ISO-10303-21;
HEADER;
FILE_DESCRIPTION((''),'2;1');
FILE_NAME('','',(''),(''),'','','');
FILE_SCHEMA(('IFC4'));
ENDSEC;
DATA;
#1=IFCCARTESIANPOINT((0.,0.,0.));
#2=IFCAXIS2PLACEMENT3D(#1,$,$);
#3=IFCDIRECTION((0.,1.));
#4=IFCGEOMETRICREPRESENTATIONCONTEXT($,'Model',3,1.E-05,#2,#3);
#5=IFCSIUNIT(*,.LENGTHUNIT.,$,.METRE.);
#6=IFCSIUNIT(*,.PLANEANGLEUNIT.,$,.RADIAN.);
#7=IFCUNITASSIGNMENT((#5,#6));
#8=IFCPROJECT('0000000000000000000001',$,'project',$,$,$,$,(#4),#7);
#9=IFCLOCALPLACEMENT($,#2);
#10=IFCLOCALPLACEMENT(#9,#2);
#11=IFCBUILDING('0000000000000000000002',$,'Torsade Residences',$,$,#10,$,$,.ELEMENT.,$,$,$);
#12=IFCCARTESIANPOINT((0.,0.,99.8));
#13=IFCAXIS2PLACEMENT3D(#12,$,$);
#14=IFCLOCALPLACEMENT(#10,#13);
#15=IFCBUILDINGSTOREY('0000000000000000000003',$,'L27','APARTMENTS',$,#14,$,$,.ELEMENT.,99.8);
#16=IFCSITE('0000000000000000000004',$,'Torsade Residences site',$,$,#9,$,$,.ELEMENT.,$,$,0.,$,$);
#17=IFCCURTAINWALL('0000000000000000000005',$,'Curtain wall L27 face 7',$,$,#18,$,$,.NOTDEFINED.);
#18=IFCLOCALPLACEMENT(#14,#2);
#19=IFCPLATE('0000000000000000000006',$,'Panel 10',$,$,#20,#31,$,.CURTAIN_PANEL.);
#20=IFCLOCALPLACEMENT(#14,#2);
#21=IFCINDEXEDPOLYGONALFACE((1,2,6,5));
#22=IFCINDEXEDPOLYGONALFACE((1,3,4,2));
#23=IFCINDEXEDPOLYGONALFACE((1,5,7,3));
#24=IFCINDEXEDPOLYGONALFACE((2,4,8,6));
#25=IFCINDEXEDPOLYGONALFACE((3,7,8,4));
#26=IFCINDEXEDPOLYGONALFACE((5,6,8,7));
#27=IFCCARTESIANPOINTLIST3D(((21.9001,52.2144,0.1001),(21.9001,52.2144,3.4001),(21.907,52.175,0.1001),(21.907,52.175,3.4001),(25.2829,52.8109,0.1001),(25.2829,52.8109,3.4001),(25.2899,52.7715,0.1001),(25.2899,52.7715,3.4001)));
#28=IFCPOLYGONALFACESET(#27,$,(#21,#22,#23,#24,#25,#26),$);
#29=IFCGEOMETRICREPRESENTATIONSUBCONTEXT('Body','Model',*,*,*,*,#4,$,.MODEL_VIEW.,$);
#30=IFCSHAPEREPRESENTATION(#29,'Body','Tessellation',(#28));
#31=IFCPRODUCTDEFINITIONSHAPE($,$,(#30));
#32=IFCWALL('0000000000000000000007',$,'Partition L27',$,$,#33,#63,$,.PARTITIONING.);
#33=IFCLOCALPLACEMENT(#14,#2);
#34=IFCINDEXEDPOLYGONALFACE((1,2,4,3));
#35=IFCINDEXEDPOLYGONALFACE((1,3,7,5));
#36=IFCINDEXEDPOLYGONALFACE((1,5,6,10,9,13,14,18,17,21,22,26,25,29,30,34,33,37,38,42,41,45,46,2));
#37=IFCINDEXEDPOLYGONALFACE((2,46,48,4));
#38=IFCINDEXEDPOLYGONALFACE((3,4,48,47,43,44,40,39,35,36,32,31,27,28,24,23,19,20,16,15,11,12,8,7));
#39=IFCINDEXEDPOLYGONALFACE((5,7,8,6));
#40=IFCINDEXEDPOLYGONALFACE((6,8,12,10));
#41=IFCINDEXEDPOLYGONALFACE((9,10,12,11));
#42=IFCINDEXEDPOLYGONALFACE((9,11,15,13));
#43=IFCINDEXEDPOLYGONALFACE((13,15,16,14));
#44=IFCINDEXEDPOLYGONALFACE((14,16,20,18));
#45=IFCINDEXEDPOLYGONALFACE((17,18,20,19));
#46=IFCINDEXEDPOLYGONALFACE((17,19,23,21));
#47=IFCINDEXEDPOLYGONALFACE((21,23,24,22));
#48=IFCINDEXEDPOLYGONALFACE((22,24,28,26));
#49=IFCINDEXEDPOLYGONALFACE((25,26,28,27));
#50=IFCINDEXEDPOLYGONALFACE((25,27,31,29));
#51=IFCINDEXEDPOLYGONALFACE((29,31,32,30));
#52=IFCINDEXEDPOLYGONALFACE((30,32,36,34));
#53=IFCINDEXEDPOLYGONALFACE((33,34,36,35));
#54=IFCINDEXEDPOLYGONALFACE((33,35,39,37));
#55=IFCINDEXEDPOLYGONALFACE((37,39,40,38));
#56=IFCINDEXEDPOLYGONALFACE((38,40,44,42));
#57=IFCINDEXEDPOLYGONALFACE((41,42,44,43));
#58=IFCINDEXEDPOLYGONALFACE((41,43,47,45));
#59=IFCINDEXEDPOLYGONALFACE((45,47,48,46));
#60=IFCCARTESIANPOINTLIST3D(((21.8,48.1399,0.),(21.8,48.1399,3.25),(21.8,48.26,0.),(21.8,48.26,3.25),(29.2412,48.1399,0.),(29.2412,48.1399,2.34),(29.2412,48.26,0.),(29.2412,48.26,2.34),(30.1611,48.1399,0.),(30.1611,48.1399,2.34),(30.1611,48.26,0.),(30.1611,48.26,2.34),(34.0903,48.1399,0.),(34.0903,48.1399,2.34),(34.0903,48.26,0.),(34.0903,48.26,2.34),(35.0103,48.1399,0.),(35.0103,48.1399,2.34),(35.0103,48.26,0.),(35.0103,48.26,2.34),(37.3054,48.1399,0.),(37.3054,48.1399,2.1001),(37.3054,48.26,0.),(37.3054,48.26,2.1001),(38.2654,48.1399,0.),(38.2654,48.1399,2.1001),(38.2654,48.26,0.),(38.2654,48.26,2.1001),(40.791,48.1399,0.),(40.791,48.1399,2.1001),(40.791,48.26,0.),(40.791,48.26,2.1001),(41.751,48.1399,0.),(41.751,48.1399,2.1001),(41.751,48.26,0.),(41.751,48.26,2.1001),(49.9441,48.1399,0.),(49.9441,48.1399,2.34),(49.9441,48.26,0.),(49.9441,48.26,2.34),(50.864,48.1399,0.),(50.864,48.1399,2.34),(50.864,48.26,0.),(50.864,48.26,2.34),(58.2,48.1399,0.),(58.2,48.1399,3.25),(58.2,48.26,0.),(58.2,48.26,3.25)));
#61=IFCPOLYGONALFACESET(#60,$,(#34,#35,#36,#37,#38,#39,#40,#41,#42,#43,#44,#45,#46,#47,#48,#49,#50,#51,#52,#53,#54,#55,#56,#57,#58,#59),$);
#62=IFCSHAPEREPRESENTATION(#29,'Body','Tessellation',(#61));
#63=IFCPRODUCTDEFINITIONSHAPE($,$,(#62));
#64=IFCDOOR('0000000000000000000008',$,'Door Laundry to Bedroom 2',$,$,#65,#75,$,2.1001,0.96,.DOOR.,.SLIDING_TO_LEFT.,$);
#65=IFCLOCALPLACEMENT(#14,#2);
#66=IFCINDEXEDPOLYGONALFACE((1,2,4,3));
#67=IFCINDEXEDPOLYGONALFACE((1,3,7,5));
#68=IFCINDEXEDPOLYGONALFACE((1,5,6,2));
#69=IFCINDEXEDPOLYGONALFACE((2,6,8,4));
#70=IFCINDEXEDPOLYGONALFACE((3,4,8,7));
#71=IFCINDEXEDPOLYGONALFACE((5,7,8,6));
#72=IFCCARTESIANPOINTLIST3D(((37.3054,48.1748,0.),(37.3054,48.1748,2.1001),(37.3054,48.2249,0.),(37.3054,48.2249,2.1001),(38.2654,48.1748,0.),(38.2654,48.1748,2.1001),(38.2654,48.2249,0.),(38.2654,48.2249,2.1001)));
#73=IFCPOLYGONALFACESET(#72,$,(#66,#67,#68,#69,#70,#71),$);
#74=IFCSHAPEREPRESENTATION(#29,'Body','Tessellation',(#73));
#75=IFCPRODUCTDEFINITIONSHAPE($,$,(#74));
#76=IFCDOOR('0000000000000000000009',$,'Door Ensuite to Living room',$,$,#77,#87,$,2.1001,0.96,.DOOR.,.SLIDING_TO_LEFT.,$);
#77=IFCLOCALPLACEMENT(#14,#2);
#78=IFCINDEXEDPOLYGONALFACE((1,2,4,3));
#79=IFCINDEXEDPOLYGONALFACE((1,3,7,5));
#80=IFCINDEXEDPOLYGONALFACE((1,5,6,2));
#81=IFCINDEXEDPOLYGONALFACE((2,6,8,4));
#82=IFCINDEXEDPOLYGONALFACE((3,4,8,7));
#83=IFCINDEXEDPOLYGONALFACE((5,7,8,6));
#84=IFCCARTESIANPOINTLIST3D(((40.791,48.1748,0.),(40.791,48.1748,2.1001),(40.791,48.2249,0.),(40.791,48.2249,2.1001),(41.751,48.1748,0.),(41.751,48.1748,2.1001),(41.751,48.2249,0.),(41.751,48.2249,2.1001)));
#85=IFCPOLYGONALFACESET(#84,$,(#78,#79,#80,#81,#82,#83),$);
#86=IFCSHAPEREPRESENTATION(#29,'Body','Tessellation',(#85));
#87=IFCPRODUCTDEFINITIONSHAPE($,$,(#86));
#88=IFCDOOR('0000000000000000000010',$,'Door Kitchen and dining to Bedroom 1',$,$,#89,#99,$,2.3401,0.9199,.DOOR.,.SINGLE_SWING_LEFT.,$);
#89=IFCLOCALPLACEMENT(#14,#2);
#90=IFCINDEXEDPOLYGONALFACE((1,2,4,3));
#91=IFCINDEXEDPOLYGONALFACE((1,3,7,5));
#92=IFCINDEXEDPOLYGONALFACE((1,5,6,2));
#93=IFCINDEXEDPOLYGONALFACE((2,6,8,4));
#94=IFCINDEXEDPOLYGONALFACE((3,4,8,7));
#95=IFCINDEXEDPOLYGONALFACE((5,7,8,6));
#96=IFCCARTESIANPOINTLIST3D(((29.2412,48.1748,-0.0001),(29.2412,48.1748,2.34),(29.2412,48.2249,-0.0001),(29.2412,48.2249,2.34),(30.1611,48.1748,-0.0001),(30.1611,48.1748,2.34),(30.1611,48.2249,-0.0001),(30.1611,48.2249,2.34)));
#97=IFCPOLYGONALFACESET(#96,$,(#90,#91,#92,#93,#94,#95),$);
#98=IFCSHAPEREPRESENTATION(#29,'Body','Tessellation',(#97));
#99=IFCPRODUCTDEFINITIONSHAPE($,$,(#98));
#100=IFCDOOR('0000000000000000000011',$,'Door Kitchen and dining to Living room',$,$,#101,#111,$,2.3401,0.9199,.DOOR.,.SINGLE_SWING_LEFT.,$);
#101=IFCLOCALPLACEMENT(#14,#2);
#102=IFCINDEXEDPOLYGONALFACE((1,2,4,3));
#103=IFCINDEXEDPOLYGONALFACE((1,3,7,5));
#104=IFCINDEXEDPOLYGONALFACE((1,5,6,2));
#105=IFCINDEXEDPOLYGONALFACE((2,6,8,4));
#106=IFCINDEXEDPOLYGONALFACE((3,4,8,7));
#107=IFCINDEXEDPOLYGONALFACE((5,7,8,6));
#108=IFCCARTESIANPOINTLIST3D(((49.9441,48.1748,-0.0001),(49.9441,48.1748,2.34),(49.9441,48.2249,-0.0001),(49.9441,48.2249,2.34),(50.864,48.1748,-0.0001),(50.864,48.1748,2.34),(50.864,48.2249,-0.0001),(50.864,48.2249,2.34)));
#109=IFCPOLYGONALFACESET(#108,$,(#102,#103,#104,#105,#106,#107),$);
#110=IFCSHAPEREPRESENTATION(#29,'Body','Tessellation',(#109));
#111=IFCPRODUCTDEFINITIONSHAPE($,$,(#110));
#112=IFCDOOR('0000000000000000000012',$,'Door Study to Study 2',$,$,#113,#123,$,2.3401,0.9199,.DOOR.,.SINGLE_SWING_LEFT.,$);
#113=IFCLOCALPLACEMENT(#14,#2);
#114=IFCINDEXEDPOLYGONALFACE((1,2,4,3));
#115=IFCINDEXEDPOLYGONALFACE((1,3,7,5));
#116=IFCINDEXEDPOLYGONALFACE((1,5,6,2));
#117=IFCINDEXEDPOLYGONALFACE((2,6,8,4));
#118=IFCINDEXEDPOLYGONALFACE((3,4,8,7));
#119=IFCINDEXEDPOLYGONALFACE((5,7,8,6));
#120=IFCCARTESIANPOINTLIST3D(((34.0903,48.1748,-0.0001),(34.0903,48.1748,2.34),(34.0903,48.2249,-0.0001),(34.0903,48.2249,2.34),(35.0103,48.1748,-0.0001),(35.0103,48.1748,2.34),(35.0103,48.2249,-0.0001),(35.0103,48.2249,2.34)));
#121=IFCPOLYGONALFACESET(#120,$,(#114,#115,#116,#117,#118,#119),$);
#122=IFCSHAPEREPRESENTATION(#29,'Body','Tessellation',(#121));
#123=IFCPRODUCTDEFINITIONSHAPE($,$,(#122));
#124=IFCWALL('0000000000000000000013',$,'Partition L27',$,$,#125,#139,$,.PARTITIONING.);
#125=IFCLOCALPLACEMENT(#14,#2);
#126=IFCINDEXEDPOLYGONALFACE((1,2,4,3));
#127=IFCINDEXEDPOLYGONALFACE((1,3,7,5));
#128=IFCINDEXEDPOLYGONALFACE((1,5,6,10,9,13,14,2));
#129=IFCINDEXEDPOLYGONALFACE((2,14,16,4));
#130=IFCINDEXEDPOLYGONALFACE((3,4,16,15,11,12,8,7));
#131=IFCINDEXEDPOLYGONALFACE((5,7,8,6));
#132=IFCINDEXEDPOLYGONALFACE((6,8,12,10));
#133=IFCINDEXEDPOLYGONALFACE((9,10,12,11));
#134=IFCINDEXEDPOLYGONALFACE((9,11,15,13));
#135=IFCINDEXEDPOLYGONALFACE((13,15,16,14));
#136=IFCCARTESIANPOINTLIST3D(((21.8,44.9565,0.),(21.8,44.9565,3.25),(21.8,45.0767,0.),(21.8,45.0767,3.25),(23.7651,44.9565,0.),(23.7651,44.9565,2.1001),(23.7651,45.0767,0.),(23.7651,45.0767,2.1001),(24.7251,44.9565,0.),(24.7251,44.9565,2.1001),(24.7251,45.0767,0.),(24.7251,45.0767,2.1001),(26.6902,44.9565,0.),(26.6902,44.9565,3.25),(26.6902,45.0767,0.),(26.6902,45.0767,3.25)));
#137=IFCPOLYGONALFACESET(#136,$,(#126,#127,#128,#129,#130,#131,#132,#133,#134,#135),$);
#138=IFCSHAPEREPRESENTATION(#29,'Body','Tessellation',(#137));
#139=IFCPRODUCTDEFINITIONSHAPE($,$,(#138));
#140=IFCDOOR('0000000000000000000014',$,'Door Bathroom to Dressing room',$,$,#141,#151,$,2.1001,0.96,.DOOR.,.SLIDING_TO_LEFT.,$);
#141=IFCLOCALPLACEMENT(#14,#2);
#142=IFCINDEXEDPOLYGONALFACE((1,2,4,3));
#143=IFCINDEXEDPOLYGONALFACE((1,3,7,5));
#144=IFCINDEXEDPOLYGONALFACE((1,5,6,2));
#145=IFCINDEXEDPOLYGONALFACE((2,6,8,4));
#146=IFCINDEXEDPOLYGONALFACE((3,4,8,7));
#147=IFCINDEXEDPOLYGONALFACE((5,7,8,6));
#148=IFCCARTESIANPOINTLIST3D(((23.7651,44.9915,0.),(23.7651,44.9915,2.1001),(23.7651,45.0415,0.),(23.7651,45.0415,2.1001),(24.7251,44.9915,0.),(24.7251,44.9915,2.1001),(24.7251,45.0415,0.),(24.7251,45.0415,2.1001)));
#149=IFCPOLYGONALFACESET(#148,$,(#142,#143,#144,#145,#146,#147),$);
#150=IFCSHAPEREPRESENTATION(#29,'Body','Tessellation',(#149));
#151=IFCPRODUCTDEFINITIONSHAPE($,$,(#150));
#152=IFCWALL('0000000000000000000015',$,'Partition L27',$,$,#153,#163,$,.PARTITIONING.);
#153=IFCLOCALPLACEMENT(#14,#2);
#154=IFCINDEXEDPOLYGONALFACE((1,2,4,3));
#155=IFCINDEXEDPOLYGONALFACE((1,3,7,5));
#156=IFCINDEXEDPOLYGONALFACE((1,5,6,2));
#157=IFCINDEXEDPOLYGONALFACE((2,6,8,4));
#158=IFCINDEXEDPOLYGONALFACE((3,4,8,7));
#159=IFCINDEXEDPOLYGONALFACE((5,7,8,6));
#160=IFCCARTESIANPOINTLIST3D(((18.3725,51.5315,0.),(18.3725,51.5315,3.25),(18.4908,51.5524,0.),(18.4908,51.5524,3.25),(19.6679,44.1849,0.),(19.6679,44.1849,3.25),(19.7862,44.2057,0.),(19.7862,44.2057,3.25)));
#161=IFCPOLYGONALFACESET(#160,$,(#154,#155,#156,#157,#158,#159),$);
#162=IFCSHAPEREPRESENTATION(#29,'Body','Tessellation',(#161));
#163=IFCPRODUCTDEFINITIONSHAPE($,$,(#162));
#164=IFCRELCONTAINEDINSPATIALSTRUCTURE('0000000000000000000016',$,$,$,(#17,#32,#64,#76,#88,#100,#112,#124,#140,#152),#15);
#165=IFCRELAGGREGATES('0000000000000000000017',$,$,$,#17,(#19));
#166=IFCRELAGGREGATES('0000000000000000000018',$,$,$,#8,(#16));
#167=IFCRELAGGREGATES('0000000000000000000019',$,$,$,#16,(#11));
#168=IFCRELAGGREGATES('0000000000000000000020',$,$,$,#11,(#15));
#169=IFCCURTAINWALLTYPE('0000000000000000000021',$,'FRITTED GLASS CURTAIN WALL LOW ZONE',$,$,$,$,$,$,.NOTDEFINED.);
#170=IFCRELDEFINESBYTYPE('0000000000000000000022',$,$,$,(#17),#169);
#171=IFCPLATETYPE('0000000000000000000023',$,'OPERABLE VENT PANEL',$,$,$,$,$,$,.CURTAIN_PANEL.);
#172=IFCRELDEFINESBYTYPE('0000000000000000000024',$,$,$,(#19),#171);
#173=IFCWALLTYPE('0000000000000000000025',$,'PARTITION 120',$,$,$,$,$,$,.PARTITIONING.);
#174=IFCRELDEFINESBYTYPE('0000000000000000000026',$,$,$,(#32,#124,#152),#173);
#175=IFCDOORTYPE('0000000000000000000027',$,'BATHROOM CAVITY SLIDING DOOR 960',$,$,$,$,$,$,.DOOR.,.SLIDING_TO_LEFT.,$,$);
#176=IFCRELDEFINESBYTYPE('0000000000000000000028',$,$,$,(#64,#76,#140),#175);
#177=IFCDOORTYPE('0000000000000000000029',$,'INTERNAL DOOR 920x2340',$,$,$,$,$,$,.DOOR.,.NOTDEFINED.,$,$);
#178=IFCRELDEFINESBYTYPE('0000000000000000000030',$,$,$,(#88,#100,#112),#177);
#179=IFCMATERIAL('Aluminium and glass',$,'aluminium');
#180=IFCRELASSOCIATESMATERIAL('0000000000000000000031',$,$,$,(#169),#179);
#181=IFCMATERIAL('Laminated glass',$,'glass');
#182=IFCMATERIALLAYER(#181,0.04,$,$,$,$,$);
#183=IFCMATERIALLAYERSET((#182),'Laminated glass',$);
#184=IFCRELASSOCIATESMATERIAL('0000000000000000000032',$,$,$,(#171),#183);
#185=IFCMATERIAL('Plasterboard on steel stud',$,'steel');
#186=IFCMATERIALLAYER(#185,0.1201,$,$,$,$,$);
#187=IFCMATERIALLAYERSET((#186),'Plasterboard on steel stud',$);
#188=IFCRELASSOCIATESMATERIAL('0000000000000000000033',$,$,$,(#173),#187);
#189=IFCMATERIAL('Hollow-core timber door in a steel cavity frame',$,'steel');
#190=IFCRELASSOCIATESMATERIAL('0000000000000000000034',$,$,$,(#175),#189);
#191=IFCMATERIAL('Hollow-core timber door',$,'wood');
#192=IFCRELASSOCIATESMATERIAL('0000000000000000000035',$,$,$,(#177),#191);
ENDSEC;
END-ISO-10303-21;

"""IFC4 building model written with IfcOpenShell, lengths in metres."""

from ifc_helpers import new_model, si_unit, direction, frame, frame_2d, origin, origin_2d, place, context, subcontext, project, spatial, rectangle, extrude, material, layer, layer_set, type_object, element, fill, aggregate, save


model = new_model("IFC4")

# Units and contexts
model_context = context("Model", 3, precision=1e-05, world=origin(), true_north=direction((0.0, 1.0)))
body_context = subcontext(model_context, "Body", "Model", "MODEL_VIEW")
ifc_project = project(units=[si_unit("LENGTHUNIT", "METRE"), si_unit("PLANEANGLEUNIT", "RADIAN")], contexts=[model_context])

# Site, building, storey
site_placement = place(None, origin())
site = spatial("IfcSite", under=ifc_project, at=site_placement, Name="Torsade Residences site", CompositionType="ELEMENT", RefElevation=0.0)
building_placement = place(site_placement, origin())
building = spatial("IfcBuilding", under=site, at=building_placement, Name="Torsade Residences", CompositionType="ELEMENT")
storey_placement = place(building_placement, frame((0.0, 0.0, 99.8)))
storey = spatial("IfcBuildingStorey", under=building, at=storey_placement, Name="L27", Description="APARTMENTS", CompositionType="ELEMENT", Elevation=99.8)

# Curtain wall
ifc_material_1 = material(Name="Aluminium and glass", Category="aluminium")
curtain_wall_type = type_object("IfcCurtainWallType", Name="FRITTED GLASS CURTAIN WALL LOW ZONE", PredefinedType="NOTDEFINED", material=ifc_material_1)
curtain_wall_placement = place(storey_placement, origin())
curtain_wall = element("IfcCurtainWall", 1, at=curtain_wall_placement, inside=storey, type_object=curtain_wall_type, Name="Curtain wall L27 face 7", PredefinedType="NOTDEFINED")

# Plate
ifc_material_2 = material(Name="Laminated glass", Category="glass")
ifc_layer_1 = layer(ifc_material_2, 0.04)
ifc_layer_set_1 = layer_set([ifc_layer_1], Name="Laminated glass")
plate_type_1 = type_object("IfcPlateType", Name="OPERABLE VENT PANEL", PredefinedType="CURTAIN_PANEL", material=ifc_layer_set_1)
plate_1_placement = place(storey_placement, frame((23.595, 52.4929, 0.1001), z_axis=(0.0, 0.0, 1.0), x_axis=(-0.984808, -0.173648, 0.0)))
plate_1 = element("IfcPlate", 2, at=plate_1_placement, type_object=plate_type_1, Name="Panel 10", PredefinedType="CURTAIN_PANEL", context=body_context, shape_type="SweptSolid", body=[
    extrude(rectangle(XDim=3.4351, YDim=0.04, at=origin_2d()), origin(), (0.0, 0.0, 1.0), 3.3),
])
aggregate(curtain_wall, [plate_1])

# Wall, openings, doors
ifc_material_3 = material(Name="Plasterboard on steel stud", Category="steel")
ifc_layer_2 = layer(ifc_material_3, 0.1201)
ifc_layer_set_2 = layer_set([ifc_layer_2], Name="Plasterboard on steel stud")
wall_type_1 = type_object("IfcWallType", Name="PARTITION 120", PredefinedType="PARTITIONING", material=ifc_layer_set_2)
wall_1_placement = place(storey_placement, frame((21.8, 48.2, 0.0), z_axis=(0.0, 0.0, 1.0), x_axis=(1.0, 0.0, 0.0)))
wall_1 = element("IfcWall", 3, at=wall_1_placement, inside=storey, type_object=wall_type_1, Name="Partition L27", PredefinedType="PARTITIONING", context=body_context, shape_type="SweptSolid", body=[
    extrude(rectangle(XDim=36.3999, YDim=0.1201, at=frame_2d((18.2, 0.0))), origin(), (0.0, 0.0, 1.0), 3.25),
])
opening_1_placement = place(wall_1_placement, frame((7.4412, 0.0, 0.0)))
opening_1 = element("IfcOpeningElement", 4, at=opening_1_placement, cuts=wall_1, PredefinedType="OPENING", context=body_context, shape_type="SweptSolid", body=[
    extrude(rectangle(XDim=0.9199, YDim=2.3401, at=frame_2d((0.46, 1.1699))), frame((0.0, 0.0701, 0.0), z_axis=(0.0, -1.0, 0.0), x_axis=(1.0, 0.0, 0.0)), (0.0, 0.0, 1.0), 0.1401),
])
opening_2_placement = place(wall_1_placement, frame((28.144, 0.0, 0.0)))
opening_2 = element("IfcOpeningElement", 5, at=opening_2_placement, cuts=wall_1, PredefinedType="OPENING", context=body_context, shape_type="SweptSolid", body=[
    extrude(rectangle(XDim=0.9199, YDim=2.3401, at=frame_2d((0.46, 1.1699))), frame((0.0, 0.0701, 0.0), z_axis=(0.0, -1.0, 0.0), x_axis=(1.0, 0.0, 0.0)), (0.0, 0.0, 1.0), 0.1401),
])
opening_3_placement = place(wall_1_placement, frame((12.2903, 0.0, 0.0)))
opening_3 = element("IfcOpeningElement", 6, at=opening_3_placement, cuts=wall_1, PredefinedType="OPENING", context=body_context, shape_type="SweptSolid", body=[
    extrude(rectangle(XDim=0.9199, YDim=2.3401, at=frame_2d((0.46, 1.1699))), frame((0.0, 0.0701, 0.0), z_axis=(0.0, -1.0, 0.0), x_axis=(1.0, 0.0, 0.0)), (0.0, 0.0, 1.0), 0.1401),
])
opening_4_placement = place(wall_1_placement, frame((15.5054, 0.0, 0.0)))
opening_4 = element("IfcOpeningElement", 7, at=opening_4_placement, cuts=wall_1, PredefinedType="OPENING", context=body_context, shape_type="SweptSolid", body=[
    extrude(rectangle(XDim=0.96, YDim=2.1001, at=frame_2d((0.48, 1.05))), frame((0.0, 0.0701, 0.0), z_axis=(0.0, -1.0, 0.0), x_axis=(1.0, 0.0, 0.0)), (0.0, 0.0, 1.0), 0.1401),
])
opening_5_placement = place(wall_1_placement, frame((18.991, 0.0, 0.0)))
opening_5 = element("IfcOpeningElement", 8, at=opening_5_placement, cuts=wall_1, PredefinedType="OPENING", context=body_context, shape_type="SweptSolid", body=[
    extrude(rectangle(XDim=0.96, YDim=2.1001, at=frame_2d((0.48, 1.05))), frame((0.0, 0.0701, 0.0), z_axis=(0.0, -1.0, 0.0), x_axis=(1.0, 0.0, 0.0)), (0.0, 0.0, 1.0), 0.1401),
])
ifc_material_4 = material(Name="Hollow-core timber door in a steel cavity frame", Category="steel")
door_type_1 = type_object("IfcDoorType", Name="BATHROOM CAVITY SLIDING DOOR 960", OperationType="SLIDING_TO_LEFT", PredefinedType="DOOR", material=ifc_material_4)
door_1_placement = place(opening_4_placement, origin())
door_1 = element("IfcDoor", 9, at=door_1_placement, inside=storey, type_object=door_type_1, Name="Door Laundry to Bedroom 2", OperationType="SLIDING_TO_LEFT", OverallHeight=2.1001, OverallWidth=0.96, PredefinedType="DOOR", context=body_context, shape_type="SweptSolid", body=[
    extrude(rectangle(XDim=0.96, YDim=2.1001, at=frame_2d((0.48, 1.05))), frame((0.0, 0.0249, 0.0), z_axis=(0.0, -1.0, 0.0), x_axis=(1.0, 0.0, 0.0)), (0.0, 0.0, 1.0), 0.05),
])
fill(opening_4, door_1)
door_2_placement = place(opening_5_placement, origin())
door_2 = element("IfcDoor", 10, at=door_2_placement, inside=storey, type_object=door_type_1, Name="Door Ensuite to Living room", OperationType="SLIDING_TO_LEFT", OverallHeight=2.1001, OverallWidth=0.96, PredefinedType="DOOR", context=body_context, shape_type="SweptSolid", body=[
    extrude(rectangle(XDim=0.96, YDim=2.1001, at=frame_2d((0.48, 1.05))), frame((0.0, 0.0249, 0.0), z_axis=(0.0, -1.0, 0.0), x_axis=(1.0, 0.0, 0.0)), (0.0, 0.0, 1.0), 0.05),
])
fill(opening_5, door_2)
ifc_material_5 = material(Name="Hollow-core timber door", Category="wood")
door_type_2 = type_object("IfcDoorType", Name="INTERNAL DOOR 920x2340", OperationType="NOTDEFINED", PredefinedType="DOOR", material=ifc_material_5)
door_3_placement = place(opening_1_placement, origin())
door_3 = element("IfcDoor", 11, at=door_3_placement, inside=storey, type_object=door_type_2, Name="Door Kitchen and dining to Bedroom 1", OperationType="SINGLE_SWING_LEFT", OverallHeight=2.3401, OverallWidth=0.9199, PredefinedType="DOOR", context=body_context, shape_type="SweptSolid", body=[
    extrude(rectangle(XDim=0.9199, YDim=2.3401, at=frame_2d((0.46, 1.1699))), frame((0.0, 0.0249, 0.0), z_axis=(0.0, -1.0, 0.0), x_axis=(1.0, 0.0, 0.0)), (0.0, 0.0, 1.0), 0.05),
])
fill(opening_1, door_3)
door_4_placement = place(opening_2_placement, origin())
door_4 = element("IfcDoor", 12, at=door_4_placement, inside=storey, type_object=door_type_2, Name="Door Kitchen and dining to Living room", OperationType="SINGLE_SWING_LEFT", OverallHeight=2.3401, OverallWidth=0.9199, PredefinedType="DOOR", context=body_context, shape_type="SweptSolid", body=[
    extrude(rectangle(XDim=0.9199, YDim=2.3401, at=frame_2d((0.46, 1.1699))), frame((0.0, 0.0249, 0.0), z_axis=(0.0, -1.0, 0.0), x_axis=(1.0, 0.0, 0.0)), (0.0, 0.0, 1.0), 0.05),
])
fill(opening_2, door_4)
door_5_placement = place(opening_3_placement, origin())
door_5 = element("IfcDoor", 13, at=door_5_placement, inside=storey, type_object=door_type_2, Name="Door Study to Study 2", OperationType="SINGLE_SWING_LEFT", OverallHeight=2.3401, OverallWidth=0.9199, PredefinedType="DOOR", context=body_context, shape_type="SweptSolid", body=[
    extrude(rectangle(XDim=0.9199, YDim=2.3401, at=frame_2d((0.46, 1.1699))), frame((0.0, 0.0249, 0.0), z_axis=(0.0, -1.0, 0.0), x_axis=(1.0, 0.0, 0.0)), (0.0, 0.0, 1.0), 0.05),
])
fill(opening_3, door_5)

# Wall, opening, door
wall_2_placement = place(storey_placement, frame((21.8, 45.0166, 0.0), z_axis=(0.0, 0.0, 1.0), x_axis=(1.0, 0.0, 0.0)))
wall_2 = element("IfcWall", 14, at=wall_2_placement, inside=storey, type_object=wall_type_1, Name="Partition L27", PredefinedType="PARTITIONING", context=body_context, shape_type="SweptSolid", body=[
    extrude(rectangle(XDim=4.8901, YDim=0.1201, at=frame_2d((2.4451, 0.0))), origin(), (0.0, 0.0, 1.0), 3.25),
])
opening_6_placement = place(wall_2_placement, frame((1.9651, 0.0, 0.0)))
opening_6 = element("IfcOpeningElement", 15, at=opening_6_placement, cuts=wall_2, PredefinedType="OPENING", context=body_context, shape_type="SweptSolid", body=[
    extrude(rectangle(XDim=0.96, YDim=2.1001, at=frame_2d((0.48, 1.05))), frame((0.0, 0.0701, 0.0), z_axis=(0.0, -1.0, 0.0), x_axis=(1.0, 0.0, 0.0)), (0.0, 0.0, 1.0), 0.1401),
])
door_6_placement = place(opening_6_placement, origin())
door_6 = element("IfcDoor", 16, at=door_6_placement, inside=storey, type_object=door_type_1, Name="Door Bathroom to Dressing room", OperationType="SLIDING_TO_LEFT", OverallHeight=2.1001, OverallWidth=0.96, PredefinedType="DOOR", context=body_context, shape_type="SweptSolid", body=[
    extrude(rectangle(XDim=0.96, YDim=2.1001, at=frame_2d((0.48, 1.05))), frame((0.0, 0.0249, 0.0), z_axis=(0.0, -1.0, 0.0), x_axis=(1.0, 0.0, 0.0)), (0.0, 0.0, 1.0), 0.05),
])
fill(opening_6, door_6)

# Wall
wall_3_placement = place(storey_placement, frame((19.7271, 44.1953, 0.0), z_axis=(0.0, 0.0, 1.0), x_axis=(-0.173647, 0.984808, 0.0)))
element("IfcWall", 17, at=wall_3_placement, inside=storey, type_object=wall_type_1, Name="Partition L27", PredefinedType="PARTITIONING", context=body_context, shape_type="SweptSolid", body=[
    extrude(rectangle(XDim=7.46, YDim=0.1201, at=frame_2d((3.73, 0.0))), origin(), (0.0, 0.0, 1.0), 3.25),
])

save(model, "model.ifc")
